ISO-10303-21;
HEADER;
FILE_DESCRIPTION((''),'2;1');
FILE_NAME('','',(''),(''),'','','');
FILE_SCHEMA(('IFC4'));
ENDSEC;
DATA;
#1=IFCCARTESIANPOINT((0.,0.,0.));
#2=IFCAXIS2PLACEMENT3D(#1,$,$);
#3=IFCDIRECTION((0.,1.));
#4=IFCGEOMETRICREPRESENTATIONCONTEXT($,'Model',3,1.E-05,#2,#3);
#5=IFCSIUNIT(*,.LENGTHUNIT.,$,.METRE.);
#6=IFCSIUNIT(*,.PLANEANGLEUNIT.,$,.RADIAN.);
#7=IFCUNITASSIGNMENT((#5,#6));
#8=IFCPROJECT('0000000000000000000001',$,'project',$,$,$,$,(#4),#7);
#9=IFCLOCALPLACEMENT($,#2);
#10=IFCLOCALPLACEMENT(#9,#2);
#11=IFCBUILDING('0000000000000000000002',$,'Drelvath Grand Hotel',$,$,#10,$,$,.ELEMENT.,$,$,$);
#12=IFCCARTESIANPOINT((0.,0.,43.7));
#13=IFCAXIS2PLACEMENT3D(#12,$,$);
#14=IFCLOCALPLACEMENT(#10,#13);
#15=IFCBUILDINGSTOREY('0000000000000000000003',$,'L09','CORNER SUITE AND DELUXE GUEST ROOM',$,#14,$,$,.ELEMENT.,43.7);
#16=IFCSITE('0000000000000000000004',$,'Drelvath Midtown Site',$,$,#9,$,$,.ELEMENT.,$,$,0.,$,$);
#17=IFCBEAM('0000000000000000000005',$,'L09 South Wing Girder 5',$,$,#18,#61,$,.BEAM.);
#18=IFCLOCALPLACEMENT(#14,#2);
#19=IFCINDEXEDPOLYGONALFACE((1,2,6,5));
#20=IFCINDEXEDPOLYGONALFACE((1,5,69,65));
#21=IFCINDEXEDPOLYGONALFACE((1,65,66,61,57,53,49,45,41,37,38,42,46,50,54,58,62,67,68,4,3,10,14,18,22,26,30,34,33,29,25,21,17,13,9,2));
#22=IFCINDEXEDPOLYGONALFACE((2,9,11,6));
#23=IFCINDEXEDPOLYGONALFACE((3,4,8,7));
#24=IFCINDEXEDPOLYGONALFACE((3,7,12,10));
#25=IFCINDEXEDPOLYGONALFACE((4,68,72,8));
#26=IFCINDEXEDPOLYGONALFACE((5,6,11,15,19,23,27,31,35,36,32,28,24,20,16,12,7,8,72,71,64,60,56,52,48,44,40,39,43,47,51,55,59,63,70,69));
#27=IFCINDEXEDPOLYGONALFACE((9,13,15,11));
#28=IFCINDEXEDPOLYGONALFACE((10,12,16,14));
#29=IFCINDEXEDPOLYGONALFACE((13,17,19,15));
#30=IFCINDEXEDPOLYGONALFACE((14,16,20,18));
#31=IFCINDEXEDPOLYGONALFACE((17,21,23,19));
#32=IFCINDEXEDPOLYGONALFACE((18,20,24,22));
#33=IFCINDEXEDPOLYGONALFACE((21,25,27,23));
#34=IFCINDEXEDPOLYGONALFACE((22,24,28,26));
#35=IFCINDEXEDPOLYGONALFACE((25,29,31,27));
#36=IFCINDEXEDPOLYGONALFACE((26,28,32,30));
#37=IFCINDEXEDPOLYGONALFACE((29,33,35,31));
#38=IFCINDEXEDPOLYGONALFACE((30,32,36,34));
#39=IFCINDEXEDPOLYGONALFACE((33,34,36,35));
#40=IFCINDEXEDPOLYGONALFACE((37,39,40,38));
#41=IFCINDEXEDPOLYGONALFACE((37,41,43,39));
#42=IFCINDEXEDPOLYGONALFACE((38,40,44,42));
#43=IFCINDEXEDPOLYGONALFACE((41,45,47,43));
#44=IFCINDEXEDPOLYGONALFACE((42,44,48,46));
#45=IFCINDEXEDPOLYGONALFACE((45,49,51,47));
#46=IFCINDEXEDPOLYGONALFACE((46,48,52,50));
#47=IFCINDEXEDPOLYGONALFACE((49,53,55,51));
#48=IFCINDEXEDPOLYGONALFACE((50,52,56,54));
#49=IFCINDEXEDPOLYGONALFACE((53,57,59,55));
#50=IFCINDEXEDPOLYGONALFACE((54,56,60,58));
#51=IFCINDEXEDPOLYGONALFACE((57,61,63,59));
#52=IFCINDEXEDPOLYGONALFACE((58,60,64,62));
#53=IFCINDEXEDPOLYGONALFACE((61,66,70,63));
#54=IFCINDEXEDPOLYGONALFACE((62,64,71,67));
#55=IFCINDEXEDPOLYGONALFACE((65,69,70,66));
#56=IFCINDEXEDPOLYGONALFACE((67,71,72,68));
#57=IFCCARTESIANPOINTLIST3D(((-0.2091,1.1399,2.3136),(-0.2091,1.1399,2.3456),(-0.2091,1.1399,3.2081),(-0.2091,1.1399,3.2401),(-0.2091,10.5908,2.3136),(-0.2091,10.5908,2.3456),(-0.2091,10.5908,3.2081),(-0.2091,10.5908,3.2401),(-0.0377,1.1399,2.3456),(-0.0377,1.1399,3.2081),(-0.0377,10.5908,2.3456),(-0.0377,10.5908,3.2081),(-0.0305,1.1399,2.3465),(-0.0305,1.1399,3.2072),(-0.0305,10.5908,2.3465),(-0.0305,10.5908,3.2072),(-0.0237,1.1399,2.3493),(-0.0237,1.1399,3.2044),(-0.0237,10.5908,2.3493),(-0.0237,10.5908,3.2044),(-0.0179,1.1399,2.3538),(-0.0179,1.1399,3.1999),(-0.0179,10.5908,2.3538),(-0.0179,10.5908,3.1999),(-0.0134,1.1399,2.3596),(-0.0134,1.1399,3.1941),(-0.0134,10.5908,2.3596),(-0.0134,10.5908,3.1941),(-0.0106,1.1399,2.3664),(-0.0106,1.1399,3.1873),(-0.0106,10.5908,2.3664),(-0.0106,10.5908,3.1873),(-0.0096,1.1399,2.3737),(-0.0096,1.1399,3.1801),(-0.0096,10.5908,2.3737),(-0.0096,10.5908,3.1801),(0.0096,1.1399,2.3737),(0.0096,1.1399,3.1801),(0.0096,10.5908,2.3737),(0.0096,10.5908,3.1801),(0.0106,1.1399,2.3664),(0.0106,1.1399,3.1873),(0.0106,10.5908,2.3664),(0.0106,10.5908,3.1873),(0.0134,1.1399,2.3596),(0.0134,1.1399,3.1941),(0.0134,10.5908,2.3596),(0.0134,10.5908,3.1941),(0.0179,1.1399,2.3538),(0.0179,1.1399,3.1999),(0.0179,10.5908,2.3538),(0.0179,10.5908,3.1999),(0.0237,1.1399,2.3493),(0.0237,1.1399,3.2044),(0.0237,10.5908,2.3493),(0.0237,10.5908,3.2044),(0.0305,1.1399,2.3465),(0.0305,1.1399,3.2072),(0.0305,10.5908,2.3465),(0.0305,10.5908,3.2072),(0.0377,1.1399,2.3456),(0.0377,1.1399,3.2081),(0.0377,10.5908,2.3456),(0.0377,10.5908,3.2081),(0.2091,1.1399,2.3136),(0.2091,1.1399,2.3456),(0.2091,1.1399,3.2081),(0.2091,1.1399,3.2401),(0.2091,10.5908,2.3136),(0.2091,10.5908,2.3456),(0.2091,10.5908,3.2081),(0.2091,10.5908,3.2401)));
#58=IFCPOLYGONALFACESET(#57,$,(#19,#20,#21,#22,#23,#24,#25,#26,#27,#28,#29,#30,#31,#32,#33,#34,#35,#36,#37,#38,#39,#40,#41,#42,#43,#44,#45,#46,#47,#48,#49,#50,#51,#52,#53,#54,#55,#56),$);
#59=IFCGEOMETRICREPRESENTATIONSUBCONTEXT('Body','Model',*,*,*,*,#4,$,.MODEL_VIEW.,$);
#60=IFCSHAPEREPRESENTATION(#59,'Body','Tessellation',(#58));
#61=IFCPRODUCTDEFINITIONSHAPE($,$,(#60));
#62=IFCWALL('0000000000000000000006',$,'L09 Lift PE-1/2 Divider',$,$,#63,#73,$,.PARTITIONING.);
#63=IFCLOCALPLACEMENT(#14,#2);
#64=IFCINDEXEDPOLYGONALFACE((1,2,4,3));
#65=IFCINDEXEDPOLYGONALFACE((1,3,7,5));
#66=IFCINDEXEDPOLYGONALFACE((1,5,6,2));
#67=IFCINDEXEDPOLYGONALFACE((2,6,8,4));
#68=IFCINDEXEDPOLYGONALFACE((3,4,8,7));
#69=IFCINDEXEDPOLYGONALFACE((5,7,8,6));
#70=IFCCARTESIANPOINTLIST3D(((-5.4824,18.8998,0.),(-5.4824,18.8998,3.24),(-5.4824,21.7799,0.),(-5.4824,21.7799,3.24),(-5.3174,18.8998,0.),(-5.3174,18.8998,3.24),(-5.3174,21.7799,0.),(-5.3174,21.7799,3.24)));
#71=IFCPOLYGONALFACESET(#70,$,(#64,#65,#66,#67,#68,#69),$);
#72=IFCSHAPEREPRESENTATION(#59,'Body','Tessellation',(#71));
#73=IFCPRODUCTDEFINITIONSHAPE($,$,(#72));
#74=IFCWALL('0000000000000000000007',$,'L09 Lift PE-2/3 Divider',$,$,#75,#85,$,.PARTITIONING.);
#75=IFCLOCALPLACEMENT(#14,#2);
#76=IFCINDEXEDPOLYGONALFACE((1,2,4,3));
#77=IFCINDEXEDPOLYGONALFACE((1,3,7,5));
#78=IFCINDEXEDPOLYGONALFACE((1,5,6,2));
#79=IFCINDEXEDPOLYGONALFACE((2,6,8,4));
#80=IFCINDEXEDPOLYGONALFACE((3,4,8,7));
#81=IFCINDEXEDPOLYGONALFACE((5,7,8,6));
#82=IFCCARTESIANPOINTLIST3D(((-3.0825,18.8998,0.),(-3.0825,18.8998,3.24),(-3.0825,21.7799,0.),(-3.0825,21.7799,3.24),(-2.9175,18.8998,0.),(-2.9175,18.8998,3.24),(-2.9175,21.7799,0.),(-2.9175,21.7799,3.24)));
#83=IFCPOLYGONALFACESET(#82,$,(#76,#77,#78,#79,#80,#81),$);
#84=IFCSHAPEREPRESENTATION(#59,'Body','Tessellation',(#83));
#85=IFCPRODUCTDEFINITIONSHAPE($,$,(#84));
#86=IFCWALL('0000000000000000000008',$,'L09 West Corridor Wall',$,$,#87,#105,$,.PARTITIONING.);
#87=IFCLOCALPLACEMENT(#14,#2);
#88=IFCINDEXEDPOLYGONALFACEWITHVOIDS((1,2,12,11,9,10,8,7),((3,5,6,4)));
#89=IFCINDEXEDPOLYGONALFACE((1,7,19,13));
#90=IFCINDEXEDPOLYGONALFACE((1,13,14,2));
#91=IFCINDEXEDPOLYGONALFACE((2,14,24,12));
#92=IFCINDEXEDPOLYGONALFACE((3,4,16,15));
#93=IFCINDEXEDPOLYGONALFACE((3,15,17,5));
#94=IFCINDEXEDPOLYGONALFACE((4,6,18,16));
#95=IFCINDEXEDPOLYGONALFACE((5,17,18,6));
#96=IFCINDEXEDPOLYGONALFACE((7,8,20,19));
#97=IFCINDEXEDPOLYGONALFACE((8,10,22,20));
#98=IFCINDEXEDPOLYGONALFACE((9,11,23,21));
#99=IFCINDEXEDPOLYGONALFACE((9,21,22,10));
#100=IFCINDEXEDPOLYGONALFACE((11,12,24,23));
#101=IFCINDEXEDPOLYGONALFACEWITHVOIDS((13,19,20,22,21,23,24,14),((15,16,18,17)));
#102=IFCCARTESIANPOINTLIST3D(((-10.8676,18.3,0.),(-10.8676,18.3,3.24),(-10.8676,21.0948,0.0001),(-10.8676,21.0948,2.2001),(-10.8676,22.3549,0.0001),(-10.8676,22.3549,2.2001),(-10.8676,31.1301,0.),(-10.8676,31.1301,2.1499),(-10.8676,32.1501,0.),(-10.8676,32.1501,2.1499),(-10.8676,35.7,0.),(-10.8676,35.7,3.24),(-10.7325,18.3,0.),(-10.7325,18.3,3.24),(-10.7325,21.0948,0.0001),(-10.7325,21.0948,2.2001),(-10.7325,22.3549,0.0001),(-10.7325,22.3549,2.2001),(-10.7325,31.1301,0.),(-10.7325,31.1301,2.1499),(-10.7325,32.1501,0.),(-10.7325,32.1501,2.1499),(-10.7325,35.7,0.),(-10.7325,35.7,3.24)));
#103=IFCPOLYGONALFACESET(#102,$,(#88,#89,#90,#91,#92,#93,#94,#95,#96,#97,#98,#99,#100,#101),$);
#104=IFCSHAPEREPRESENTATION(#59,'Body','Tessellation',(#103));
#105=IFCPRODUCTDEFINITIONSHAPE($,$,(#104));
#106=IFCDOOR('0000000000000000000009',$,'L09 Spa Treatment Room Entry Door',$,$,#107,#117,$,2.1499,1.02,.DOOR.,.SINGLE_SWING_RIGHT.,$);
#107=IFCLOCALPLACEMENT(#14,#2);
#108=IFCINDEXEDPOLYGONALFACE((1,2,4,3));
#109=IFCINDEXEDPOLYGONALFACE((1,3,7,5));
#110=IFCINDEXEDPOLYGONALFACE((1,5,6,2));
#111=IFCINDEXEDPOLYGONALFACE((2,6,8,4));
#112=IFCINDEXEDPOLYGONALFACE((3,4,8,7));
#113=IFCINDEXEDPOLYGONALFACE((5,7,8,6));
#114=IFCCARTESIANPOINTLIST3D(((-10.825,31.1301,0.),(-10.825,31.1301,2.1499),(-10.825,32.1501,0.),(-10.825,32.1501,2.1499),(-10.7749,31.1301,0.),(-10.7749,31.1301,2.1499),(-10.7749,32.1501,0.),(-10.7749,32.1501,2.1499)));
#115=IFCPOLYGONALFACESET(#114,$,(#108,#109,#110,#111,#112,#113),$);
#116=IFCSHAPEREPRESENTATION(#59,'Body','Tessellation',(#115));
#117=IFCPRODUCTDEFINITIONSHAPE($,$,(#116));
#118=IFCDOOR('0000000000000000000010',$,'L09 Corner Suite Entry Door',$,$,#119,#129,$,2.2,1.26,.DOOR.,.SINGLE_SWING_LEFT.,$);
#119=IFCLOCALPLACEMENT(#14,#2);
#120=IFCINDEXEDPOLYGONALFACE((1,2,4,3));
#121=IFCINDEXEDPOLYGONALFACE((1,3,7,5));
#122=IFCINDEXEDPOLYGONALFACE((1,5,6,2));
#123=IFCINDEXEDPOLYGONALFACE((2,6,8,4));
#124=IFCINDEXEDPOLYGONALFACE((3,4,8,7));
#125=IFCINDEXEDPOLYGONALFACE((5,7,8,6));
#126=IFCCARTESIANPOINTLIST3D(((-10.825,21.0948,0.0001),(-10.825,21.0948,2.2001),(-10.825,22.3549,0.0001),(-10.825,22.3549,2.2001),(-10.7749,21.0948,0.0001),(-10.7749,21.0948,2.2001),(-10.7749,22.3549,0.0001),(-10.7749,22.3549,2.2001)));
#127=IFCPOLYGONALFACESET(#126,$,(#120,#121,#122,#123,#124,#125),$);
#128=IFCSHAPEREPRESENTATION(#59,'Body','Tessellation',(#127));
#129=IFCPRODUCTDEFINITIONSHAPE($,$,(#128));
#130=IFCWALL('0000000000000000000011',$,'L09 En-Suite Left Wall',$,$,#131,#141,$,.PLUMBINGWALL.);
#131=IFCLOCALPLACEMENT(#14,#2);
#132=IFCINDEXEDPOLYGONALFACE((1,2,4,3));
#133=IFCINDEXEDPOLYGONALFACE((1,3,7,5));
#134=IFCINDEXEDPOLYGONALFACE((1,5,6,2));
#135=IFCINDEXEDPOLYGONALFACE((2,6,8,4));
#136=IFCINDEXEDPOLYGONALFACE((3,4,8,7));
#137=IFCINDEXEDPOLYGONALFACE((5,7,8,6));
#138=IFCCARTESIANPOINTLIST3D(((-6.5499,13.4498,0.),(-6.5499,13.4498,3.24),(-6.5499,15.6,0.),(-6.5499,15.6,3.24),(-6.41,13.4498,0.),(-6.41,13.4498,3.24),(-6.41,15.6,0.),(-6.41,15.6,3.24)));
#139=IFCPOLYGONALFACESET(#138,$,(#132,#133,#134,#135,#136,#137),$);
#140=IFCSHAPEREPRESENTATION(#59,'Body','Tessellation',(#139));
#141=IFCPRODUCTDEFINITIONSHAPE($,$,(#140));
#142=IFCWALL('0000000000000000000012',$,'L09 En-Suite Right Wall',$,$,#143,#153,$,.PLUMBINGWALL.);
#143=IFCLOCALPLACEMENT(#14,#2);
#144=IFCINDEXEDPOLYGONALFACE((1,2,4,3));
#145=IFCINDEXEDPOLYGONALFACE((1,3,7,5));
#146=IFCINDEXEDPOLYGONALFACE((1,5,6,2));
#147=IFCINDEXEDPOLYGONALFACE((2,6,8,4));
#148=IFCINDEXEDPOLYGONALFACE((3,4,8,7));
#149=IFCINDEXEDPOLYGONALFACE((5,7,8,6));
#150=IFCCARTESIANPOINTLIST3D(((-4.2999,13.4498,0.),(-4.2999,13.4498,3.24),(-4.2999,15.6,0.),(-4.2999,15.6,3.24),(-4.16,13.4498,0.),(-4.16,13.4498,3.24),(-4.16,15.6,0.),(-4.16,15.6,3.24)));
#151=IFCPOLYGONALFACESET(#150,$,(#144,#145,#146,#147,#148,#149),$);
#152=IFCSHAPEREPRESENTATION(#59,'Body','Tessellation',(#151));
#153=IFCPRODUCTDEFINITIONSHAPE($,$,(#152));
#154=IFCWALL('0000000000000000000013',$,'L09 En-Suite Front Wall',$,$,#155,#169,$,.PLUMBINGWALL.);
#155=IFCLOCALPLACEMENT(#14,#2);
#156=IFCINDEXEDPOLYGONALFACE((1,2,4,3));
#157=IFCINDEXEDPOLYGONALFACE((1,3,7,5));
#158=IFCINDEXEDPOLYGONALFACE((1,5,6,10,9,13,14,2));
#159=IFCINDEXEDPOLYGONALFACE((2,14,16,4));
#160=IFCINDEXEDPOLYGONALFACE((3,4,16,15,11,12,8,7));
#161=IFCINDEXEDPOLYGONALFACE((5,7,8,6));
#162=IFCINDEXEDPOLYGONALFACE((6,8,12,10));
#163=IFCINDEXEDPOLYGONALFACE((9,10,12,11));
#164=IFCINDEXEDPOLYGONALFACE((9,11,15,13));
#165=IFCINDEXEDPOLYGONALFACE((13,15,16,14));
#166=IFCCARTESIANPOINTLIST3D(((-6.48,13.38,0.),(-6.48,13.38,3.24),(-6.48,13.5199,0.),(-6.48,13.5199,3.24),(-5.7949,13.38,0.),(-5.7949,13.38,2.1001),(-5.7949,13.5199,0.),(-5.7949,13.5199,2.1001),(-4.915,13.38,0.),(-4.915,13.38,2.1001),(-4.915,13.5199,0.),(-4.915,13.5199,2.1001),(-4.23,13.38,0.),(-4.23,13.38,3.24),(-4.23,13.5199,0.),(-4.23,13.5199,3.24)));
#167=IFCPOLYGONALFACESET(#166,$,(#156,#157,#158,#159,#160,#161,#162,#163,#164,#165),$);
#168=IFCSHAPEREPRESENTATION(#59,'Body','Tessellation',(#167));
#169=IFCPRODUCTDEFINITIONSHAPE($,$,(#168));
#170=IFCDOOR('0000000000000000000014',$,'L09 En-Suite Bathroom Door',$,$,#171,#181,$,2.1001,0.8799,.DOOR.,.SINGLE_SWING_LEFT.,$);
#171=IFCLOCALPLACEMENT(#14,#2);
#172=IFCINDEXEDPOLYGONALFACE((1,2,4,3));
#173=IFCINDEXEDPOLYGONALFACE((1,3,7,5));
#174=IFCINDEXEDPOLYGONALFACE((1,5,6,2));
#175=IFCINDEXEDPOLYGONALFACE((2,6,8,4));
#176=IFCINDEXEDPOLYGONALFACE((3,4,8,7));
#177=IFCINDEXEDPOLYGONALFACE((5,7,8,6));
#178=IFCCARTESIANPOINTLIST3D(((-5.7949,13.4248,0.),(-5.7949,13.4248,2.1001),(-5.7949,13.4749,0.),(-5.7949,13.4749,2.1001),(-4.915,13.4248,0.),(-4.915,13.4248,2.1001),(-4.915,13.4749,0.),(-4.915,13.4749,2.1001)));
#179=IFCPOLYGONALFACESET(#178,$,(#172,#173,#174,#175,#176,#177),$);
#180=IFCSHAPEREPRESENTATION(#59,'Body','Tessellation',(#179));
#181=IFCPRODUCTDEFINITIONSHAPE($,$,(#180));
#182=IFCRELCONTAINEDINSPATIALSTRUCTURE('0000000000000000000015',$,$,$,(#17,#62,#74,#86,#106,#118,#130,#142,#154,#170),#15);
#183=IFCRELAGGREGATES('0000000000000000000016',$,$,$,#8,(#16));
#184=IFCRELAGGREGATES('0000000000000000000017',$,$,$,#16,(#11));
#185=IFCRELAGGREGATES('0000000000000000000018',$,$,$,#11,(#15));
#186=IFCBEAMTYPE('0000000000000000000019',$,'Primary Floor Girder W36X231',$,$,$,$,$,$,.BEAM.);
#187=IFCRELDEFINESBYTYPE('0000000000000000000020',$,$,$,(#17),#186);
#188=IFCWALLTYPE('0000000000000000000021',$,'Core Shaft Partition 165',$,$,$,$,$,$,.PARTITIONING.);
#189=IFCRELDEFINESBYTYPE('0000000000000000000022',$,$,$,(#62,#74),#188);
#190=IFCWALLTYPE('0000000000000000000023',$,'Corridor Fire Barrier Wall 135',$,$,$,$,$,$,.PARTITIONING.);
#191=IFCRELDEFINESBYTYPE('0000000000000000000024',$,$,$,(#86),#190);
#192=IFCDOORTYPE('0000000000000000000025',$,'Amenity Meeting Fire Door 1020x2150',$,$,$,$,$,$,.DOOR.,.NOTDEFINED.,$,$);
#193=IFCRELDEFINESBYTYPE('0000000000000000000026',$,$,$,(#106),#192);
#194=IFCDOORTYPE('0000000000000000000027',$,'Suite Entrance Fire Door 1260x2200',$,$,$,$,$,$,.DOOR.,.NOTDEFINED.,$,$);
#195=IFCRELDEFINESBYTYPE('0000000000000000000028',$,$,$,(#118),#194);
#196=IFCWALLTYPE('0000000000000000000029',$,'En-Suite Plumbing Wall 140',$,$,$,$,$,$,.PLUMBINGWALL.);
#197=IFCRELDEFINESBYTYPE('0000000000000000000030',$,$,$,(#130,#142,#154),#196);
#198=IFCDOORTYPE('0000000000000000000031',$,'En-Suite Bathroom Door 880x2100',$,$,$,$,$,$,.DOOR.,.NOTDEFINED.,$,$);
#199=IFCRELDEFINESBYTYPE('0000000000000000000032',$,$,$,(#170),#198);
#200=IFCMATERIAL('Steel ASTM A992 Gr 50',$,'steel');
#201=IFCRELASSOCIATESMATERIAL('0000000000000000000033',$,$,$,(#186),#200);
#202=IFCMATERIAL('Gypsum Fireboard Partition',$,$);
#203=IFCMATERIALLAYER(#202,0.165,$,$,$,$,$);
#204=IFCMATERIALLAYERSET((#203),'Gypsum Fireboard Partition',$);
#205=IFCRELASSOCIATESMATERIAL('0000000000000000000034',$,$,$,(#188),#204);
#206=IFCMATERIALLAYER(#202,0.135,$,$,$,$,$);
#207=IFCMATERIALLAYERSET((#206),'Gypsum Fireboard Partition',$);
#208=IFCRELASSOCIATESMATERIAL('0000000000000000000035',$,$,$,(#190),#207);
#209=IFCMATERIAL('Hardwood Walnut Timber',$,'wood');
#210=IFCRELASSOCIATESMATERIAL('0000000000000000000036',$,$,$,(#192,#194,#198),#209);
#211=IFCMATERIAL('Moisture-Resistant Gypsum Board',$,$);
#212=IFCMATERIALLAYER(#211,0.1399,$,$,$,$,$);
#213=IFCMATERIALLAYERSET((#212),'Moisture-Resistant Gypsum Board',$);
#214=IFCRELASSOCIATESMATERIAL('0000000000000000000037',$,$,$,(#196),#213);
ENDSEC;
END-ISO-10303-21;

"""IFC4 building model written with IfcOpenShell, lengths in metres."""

from ifc_helpers import new_model, si_unit, direction, frame, frame_2d, origin, origin_2d, place, context, subcontext, project, spatial, rectangle, i_section, extrude, material, layer, layer_set, material_profile, profile_set, type_object, element, fill, save


model = new_model("IFC4")

# Units and contexts
model_context = context("Model", 3, precision=1e-05, world=origin(), true_north=direction((0.0, 1.0)))
body_context = subcontext(model_context, "Body", "Model", "MODEL_VIEW")
ifc_project = project(units=[si_unit("LENGTHUNIT", "METRE"), si_unit("PLANEANGLEUNIT", "RADIAN")], contexts=[model_context])

# Site, building, storey
site_placement = place(None, origin())
site = spatial("IfcSite", under=ifc_project, at=site_placement, Name="Drelvath Midtown Site", CompositionType="ELEMENT", RefElevation=0.0)
building_placement = place(site_placement, origin())
building = spatial("IfcBuilding", under=site, at=building_placement, Name="Drelvath Grand Hotel", CompositionType="ELEMENT")
storey_placement = place(building_placement, frame((0.0, 0.0, 43.7)))
storey = spatial("IfcBuildingStorey", under=building, at=storey_placement, Name="L09", Description="CORNER SUITE AND DELUXE GUEST ROOM", CompositionType="ELEMENT", Elevation=43.7)

# Beam
ifc_material_1 = material(Name="Steel ASTM A992 Gr 50", Category="steel")
ifc_material_profile_1 = material_profile(ifc_material_1, i_section(OverallWidth=0.4182, OverallDepth=0.9265, WebThickness=0.0193, FlangeThickness=0.032, FilletRadius=0.0281, at=origin_2d()), Name="W36X231")
ifc_profile_set_1 = profile_set([ifc_material_profile_1], Name="Steel ASTM A992 Gr 50")
beam_type_1 = type_object("IfcBeamType", Name="Primary Floor Girder W36X231", PredefinedType="BEAM", material=ifc_profile_set_1)
beam_1_placement = place(storey_placement, frame((0.0, 1.1399, 2.7769), z_axis=(0.0, 1.0, 0.0), x_axis=(-1.0, 0.0, 0.0)))
element("IfcBeam", 1, at=beam_1_placement, inside=storey, type_object=beam_type_1, Name="L09 South Wing Girder 5", PredefinedType="BEAM", context=body_context, shape_type="SweptSolid", body=[
    extrude(i_section(OverallWidth=0.4182, OverallDepth=0.9265, WebThickness=0.0193, FlangeThickness=0.032, FilletRadius=0.0281, at=origin_2d()), origin(), (0.0, 0.0, 1.0), 9.4509),
])

# Walls
ifc_material_2 = material(Name="Gypsum Fireboard Partition")
ifc_layer_1 = layer(ifc_material_2, 0.165)
ifc_layer_set_1 = layer_set([ifc_layer_1], Name="Gypsum Fireboard Partition")
wall_type_1 = type_object("IfcWallType", Name="Core Shaft Partition 165", PredefinedType="PARTITIONING", material=ifc_layer_set_1)
for number, where, z_axis, x_axis, name in (
    (2, (-5.3999, 18.8999, 0.0), (0.0, 0.0, 1.0), (0.0, 1.0, 0.0), "L09 Lift PE-1/2 Divider"),
    (3, (-3.0, 18.8999, 0.0), (0.0, 0.0, 1.0), (0.0, 1.0, 0.0), "L09 Lift PE-2/3 Divider"),
):
    element("IfcWall", number, at=place(storey_placement, frame(where, z_axis=z_axis, x_axis=x_axis)), inside=storey, type_object=wall_type_1, Name=name, PredefinedType="PARTITIONING", context=body_context, shape_type="SweptSolid", body=[
        extrude(rectangle(XDim=2.8801, YDim=0.165, at=frame_2d((1.4399, 0.0))), origin(), (0.0, 0.0, 1.0), 3.24),
    ])

# Wall, openings, doors
ifc_layer_2 = layer(ifc_material_2, 0.135)
ifc_layer_set_2 = layer_set([ifc_layer_2], Name="Gypsum Fireboard Partition")
wall_type_2 = type_object("IfcWallType", Name="Corridor Fire Barrier Wall 135", PredefinedType="PARTITIONING", material=ifc_layer_set_2)
wall_1_placement = place(storey_placement, frame((-10.8, 18.3, 0.0), z_axis=(0.0, 0.0, 1.0), x_axis=(0.0, 1.0, 0.0)))
wall_1 = element("IfcWall", 4, at=wall_1_placement, inside=storey, type_object=wall_type_2, Name="L09 West Corridor Wall", PredefinedType="PARTITIONING", context=body_context, shape_type="SweptSolid", body=[
    extrude(rectangle(XDim=17.3999, YDim=0.135, at=frame_2d((8.7, 0.0))), origin(), (0.0, 0.0, 1.0), 3.24),
])
opening_1_placement = place(wall_1_placement, frame((2.7949, 0.0, 0.0)))
opening_1 = element("IfcOpeningElement", 5, at=opening_1_placement, cuts=wall_1, PredefinedType="OPENING", context=body_context, shape_type="SweptSolid", body=[
    extrude(rectangle(XDim=1.26, YDim=2.2, at=frame_2d((0.6299, 1.1001))), frame((0.0, 0.0774, 0.0), z_axis=(0.0, -1.0, 0.0), x_axis=(1.0, 0.0, 0.0)), (0.0, 0.0, 1.0), 0.155),
])
opening_2_placement = place(wall_1_placement, frame((12.8301, 0.0, 0.0)))
opening_2 = element("IfcOpeningElement", 6, at=opening_2_placement, cuts=wall_1, PredefinedType="OPENING", context=body_context, shape_type="SweptSolid", body=[
    extrude(rectangle(XDim=1.02, YDim=2.1499, at=frame_2d((0.51, 1.075))), frame((0.0, 0.0774, 0.0), z_axis=(0.0, -1.0, 0.0), x_axis=(1.0, 0.0, 0.0)), (0.0, 0.0, 1.0), 0.155),
])
ifc_material_3 = material(Name="Hardwood Walnut Timber", Category="wood")
door_type_1 = type_object("IfcDoorType", Name="Amenity Meeting Fire Door 1020x2150", OperationType="NOTDEFINED", PredefinedType="DOOR", material=ifc_material_3)
door_1_placement = place(opening_2_placement, origin())
door_1 = element("IfcDoor", 7, at=door_1_placement, inside=storey, type_object=door_type_1, Name="L09 Spa Treatment Room Entry Door", OperationType="SINGLE_SWING_RIGHT", OverallHeight=2.1499, OverallWidth=1.02, PredefinedType="DOOR", context=body_context, shape_type="SweptSolid", body=[
    extrude(rectangle(XDim=1.02, YDim=2.1499, at=frame_2d((0.51, 1.075))), frame((0.0, 0.0249, 0.0), z_axis=(0.0, -1.0, 0.0), x_axis=(1.0, 0.0, 0.0)), (0.0, 0.0, 1.0), 0.05),
])
fill(opening_2, door_1)
door_type_2 = type_object("IfcDoorType", Name="Suite Entrance Fire Door 1260x2200", OperationType="NOTDEFINED", PredefinedType="DOOR", material=ifc_material_3)
door_2_placement = place(opening_1_placement, origin())
door_2 = element("IfcDoor", 8, at=door_2_placement, inside=storey, type_object=door_type_2, Name="L09 Corner Suite Entry Door", OperationType="SINGLE_SWING_LEFT", OverallHeight=2.2, OverallWidth=1.26, PredefinedType="DOOR", context=body_context, shape_type="SweptSolid", body=[
    extrude(rectangle(XDim=1.26, YDim=2.2, at=frame_2d((0.6299, 1.1001))), frame((0.0, 0.0249, 0.0), z_axis=(0.0, -1.0, 0.0), x_axis=(1.0, 0.0, 0.0)), (0.0, 0.0, 1.0), 0.05),
])
fill(opening_1, door_2)

# Walls
ifc_material_4 = material(Name="Moisture-Resistant Gypsum Board")
ifc_layer_3 = layer(ifc_material_4, 0.1399)
ifc_layer_set_3 = layer_set([ifc_layer_3], Name="Moisture-Resistant Gypsum Board")
wall_type_3 = type_object("IfcWallType", Name="En-Suite Plumbing Wall 140", PredefinedType="PLUMBINGWALL", material=ifc_layer_set_3)
for number, where, z_axis, x_axis, name in (
    (9, (-6.48, 15.6001, 0.0), (0.0, 0.0, 1.0), (0.0, -1.0, 0.0), "L09 En-Suite Left Wall"),
    (10, (-4.23, 15.6001, 0.0), (0.0, 0.0, 1.0), (0.0, -1.0, 0.0), "L09 En-Suite Right Wall"),
):
    element("IfcWall", number, at=place(storey_placement, frame(where, z_axis=z_axis, x_axis=x_axis)), inside=storey, type_object=wall_type_3, Name=name, PredefinedType="PLUMBINGWALL", context=body_context, shape_type="SweptSolid", body=[
        extrude(rectangle(XDim=2.1501, YDim=0.1399, at=frame_2d((1.0752, 0.0))), origin(), (0.0, 0.0, 1.0), 3.24),
    ])

# Wall, opening, door
wall_2_placement = place(storey_placement, frame((-6.48, 13.45, 0.0), z_axis=(0.0, 0.0, 1.0), x_axis=(1.0, 0.0, 0.0)))
wall_2 = element("IfcWall", 11, at=wall_2_placement, inside=storey, type_object=wall_type_3, Name="L09 En-Suite Front Wall", PredefinedType="PLUMBINGWALL", context=body_context, shape_type="SweptSolid", body=[
    extrude(rectangle(XDim=2.25, YDim=0.1399, at=frame_2d((1.125, 0.0))), origin(), (0.0, 0.0, 1.0), 3.24),
])
opening_3_placement = place(wall_2_placement, frame((0.6851, 0.0, 0.0)))
opening_3 = element("IfcOpeningElement", 12, at=opening_3_placement, cuts=wall_2, PredefinedType="OPENING", context=body_context, shape_type="SweptSolid", body=[
    extrude(rectangle(XDim=0.8799, YDim=2.1001, at=frame_2d((0.4399, 1.05))), frame((0.0, 0.0798, 0.0), z_axis=(0.0, -1.0, 0.0), x_axis=(1.0, 0.0, 0.0)), (0.0, 0.0, 1.0), 0.1599),
])
door_type_3 = type_object("IfcDoorType", Name="En-Suite Bathroom Door 880x2100", OperationType="NOTDEFINED", PredefinedType="DOOR", material=ifc_material_3)
door_3_placement = place(opening_3_placement, origin())
door_3 = element("IfcDoor", 13, at=door_3_placement, inside=storey, type_object=door_type_3, Name="L09 En-Suite Bathroom Door", OperationType="SINGLE_SWING_LEFT", OverallHeight=2.1001, OverallWidth=0.8799, PredefinedType="DOOR", context=body_context, shape_type="SweptSolid", body=[
    extrude(rectangle(XDim=0.8799, YDim=2.1001, at=frame_2d((0.4399, 1.05))), frame((0.0, 0.0249, 0.0), z_axis=(0.0, -1.0, 0.0), x_axis=(1.0, 0.0, 0.0)), (0.0, 0.0, 1.0), 0.05),
])
fill(opening_3, door_3)

save(model, "model.ifc")
